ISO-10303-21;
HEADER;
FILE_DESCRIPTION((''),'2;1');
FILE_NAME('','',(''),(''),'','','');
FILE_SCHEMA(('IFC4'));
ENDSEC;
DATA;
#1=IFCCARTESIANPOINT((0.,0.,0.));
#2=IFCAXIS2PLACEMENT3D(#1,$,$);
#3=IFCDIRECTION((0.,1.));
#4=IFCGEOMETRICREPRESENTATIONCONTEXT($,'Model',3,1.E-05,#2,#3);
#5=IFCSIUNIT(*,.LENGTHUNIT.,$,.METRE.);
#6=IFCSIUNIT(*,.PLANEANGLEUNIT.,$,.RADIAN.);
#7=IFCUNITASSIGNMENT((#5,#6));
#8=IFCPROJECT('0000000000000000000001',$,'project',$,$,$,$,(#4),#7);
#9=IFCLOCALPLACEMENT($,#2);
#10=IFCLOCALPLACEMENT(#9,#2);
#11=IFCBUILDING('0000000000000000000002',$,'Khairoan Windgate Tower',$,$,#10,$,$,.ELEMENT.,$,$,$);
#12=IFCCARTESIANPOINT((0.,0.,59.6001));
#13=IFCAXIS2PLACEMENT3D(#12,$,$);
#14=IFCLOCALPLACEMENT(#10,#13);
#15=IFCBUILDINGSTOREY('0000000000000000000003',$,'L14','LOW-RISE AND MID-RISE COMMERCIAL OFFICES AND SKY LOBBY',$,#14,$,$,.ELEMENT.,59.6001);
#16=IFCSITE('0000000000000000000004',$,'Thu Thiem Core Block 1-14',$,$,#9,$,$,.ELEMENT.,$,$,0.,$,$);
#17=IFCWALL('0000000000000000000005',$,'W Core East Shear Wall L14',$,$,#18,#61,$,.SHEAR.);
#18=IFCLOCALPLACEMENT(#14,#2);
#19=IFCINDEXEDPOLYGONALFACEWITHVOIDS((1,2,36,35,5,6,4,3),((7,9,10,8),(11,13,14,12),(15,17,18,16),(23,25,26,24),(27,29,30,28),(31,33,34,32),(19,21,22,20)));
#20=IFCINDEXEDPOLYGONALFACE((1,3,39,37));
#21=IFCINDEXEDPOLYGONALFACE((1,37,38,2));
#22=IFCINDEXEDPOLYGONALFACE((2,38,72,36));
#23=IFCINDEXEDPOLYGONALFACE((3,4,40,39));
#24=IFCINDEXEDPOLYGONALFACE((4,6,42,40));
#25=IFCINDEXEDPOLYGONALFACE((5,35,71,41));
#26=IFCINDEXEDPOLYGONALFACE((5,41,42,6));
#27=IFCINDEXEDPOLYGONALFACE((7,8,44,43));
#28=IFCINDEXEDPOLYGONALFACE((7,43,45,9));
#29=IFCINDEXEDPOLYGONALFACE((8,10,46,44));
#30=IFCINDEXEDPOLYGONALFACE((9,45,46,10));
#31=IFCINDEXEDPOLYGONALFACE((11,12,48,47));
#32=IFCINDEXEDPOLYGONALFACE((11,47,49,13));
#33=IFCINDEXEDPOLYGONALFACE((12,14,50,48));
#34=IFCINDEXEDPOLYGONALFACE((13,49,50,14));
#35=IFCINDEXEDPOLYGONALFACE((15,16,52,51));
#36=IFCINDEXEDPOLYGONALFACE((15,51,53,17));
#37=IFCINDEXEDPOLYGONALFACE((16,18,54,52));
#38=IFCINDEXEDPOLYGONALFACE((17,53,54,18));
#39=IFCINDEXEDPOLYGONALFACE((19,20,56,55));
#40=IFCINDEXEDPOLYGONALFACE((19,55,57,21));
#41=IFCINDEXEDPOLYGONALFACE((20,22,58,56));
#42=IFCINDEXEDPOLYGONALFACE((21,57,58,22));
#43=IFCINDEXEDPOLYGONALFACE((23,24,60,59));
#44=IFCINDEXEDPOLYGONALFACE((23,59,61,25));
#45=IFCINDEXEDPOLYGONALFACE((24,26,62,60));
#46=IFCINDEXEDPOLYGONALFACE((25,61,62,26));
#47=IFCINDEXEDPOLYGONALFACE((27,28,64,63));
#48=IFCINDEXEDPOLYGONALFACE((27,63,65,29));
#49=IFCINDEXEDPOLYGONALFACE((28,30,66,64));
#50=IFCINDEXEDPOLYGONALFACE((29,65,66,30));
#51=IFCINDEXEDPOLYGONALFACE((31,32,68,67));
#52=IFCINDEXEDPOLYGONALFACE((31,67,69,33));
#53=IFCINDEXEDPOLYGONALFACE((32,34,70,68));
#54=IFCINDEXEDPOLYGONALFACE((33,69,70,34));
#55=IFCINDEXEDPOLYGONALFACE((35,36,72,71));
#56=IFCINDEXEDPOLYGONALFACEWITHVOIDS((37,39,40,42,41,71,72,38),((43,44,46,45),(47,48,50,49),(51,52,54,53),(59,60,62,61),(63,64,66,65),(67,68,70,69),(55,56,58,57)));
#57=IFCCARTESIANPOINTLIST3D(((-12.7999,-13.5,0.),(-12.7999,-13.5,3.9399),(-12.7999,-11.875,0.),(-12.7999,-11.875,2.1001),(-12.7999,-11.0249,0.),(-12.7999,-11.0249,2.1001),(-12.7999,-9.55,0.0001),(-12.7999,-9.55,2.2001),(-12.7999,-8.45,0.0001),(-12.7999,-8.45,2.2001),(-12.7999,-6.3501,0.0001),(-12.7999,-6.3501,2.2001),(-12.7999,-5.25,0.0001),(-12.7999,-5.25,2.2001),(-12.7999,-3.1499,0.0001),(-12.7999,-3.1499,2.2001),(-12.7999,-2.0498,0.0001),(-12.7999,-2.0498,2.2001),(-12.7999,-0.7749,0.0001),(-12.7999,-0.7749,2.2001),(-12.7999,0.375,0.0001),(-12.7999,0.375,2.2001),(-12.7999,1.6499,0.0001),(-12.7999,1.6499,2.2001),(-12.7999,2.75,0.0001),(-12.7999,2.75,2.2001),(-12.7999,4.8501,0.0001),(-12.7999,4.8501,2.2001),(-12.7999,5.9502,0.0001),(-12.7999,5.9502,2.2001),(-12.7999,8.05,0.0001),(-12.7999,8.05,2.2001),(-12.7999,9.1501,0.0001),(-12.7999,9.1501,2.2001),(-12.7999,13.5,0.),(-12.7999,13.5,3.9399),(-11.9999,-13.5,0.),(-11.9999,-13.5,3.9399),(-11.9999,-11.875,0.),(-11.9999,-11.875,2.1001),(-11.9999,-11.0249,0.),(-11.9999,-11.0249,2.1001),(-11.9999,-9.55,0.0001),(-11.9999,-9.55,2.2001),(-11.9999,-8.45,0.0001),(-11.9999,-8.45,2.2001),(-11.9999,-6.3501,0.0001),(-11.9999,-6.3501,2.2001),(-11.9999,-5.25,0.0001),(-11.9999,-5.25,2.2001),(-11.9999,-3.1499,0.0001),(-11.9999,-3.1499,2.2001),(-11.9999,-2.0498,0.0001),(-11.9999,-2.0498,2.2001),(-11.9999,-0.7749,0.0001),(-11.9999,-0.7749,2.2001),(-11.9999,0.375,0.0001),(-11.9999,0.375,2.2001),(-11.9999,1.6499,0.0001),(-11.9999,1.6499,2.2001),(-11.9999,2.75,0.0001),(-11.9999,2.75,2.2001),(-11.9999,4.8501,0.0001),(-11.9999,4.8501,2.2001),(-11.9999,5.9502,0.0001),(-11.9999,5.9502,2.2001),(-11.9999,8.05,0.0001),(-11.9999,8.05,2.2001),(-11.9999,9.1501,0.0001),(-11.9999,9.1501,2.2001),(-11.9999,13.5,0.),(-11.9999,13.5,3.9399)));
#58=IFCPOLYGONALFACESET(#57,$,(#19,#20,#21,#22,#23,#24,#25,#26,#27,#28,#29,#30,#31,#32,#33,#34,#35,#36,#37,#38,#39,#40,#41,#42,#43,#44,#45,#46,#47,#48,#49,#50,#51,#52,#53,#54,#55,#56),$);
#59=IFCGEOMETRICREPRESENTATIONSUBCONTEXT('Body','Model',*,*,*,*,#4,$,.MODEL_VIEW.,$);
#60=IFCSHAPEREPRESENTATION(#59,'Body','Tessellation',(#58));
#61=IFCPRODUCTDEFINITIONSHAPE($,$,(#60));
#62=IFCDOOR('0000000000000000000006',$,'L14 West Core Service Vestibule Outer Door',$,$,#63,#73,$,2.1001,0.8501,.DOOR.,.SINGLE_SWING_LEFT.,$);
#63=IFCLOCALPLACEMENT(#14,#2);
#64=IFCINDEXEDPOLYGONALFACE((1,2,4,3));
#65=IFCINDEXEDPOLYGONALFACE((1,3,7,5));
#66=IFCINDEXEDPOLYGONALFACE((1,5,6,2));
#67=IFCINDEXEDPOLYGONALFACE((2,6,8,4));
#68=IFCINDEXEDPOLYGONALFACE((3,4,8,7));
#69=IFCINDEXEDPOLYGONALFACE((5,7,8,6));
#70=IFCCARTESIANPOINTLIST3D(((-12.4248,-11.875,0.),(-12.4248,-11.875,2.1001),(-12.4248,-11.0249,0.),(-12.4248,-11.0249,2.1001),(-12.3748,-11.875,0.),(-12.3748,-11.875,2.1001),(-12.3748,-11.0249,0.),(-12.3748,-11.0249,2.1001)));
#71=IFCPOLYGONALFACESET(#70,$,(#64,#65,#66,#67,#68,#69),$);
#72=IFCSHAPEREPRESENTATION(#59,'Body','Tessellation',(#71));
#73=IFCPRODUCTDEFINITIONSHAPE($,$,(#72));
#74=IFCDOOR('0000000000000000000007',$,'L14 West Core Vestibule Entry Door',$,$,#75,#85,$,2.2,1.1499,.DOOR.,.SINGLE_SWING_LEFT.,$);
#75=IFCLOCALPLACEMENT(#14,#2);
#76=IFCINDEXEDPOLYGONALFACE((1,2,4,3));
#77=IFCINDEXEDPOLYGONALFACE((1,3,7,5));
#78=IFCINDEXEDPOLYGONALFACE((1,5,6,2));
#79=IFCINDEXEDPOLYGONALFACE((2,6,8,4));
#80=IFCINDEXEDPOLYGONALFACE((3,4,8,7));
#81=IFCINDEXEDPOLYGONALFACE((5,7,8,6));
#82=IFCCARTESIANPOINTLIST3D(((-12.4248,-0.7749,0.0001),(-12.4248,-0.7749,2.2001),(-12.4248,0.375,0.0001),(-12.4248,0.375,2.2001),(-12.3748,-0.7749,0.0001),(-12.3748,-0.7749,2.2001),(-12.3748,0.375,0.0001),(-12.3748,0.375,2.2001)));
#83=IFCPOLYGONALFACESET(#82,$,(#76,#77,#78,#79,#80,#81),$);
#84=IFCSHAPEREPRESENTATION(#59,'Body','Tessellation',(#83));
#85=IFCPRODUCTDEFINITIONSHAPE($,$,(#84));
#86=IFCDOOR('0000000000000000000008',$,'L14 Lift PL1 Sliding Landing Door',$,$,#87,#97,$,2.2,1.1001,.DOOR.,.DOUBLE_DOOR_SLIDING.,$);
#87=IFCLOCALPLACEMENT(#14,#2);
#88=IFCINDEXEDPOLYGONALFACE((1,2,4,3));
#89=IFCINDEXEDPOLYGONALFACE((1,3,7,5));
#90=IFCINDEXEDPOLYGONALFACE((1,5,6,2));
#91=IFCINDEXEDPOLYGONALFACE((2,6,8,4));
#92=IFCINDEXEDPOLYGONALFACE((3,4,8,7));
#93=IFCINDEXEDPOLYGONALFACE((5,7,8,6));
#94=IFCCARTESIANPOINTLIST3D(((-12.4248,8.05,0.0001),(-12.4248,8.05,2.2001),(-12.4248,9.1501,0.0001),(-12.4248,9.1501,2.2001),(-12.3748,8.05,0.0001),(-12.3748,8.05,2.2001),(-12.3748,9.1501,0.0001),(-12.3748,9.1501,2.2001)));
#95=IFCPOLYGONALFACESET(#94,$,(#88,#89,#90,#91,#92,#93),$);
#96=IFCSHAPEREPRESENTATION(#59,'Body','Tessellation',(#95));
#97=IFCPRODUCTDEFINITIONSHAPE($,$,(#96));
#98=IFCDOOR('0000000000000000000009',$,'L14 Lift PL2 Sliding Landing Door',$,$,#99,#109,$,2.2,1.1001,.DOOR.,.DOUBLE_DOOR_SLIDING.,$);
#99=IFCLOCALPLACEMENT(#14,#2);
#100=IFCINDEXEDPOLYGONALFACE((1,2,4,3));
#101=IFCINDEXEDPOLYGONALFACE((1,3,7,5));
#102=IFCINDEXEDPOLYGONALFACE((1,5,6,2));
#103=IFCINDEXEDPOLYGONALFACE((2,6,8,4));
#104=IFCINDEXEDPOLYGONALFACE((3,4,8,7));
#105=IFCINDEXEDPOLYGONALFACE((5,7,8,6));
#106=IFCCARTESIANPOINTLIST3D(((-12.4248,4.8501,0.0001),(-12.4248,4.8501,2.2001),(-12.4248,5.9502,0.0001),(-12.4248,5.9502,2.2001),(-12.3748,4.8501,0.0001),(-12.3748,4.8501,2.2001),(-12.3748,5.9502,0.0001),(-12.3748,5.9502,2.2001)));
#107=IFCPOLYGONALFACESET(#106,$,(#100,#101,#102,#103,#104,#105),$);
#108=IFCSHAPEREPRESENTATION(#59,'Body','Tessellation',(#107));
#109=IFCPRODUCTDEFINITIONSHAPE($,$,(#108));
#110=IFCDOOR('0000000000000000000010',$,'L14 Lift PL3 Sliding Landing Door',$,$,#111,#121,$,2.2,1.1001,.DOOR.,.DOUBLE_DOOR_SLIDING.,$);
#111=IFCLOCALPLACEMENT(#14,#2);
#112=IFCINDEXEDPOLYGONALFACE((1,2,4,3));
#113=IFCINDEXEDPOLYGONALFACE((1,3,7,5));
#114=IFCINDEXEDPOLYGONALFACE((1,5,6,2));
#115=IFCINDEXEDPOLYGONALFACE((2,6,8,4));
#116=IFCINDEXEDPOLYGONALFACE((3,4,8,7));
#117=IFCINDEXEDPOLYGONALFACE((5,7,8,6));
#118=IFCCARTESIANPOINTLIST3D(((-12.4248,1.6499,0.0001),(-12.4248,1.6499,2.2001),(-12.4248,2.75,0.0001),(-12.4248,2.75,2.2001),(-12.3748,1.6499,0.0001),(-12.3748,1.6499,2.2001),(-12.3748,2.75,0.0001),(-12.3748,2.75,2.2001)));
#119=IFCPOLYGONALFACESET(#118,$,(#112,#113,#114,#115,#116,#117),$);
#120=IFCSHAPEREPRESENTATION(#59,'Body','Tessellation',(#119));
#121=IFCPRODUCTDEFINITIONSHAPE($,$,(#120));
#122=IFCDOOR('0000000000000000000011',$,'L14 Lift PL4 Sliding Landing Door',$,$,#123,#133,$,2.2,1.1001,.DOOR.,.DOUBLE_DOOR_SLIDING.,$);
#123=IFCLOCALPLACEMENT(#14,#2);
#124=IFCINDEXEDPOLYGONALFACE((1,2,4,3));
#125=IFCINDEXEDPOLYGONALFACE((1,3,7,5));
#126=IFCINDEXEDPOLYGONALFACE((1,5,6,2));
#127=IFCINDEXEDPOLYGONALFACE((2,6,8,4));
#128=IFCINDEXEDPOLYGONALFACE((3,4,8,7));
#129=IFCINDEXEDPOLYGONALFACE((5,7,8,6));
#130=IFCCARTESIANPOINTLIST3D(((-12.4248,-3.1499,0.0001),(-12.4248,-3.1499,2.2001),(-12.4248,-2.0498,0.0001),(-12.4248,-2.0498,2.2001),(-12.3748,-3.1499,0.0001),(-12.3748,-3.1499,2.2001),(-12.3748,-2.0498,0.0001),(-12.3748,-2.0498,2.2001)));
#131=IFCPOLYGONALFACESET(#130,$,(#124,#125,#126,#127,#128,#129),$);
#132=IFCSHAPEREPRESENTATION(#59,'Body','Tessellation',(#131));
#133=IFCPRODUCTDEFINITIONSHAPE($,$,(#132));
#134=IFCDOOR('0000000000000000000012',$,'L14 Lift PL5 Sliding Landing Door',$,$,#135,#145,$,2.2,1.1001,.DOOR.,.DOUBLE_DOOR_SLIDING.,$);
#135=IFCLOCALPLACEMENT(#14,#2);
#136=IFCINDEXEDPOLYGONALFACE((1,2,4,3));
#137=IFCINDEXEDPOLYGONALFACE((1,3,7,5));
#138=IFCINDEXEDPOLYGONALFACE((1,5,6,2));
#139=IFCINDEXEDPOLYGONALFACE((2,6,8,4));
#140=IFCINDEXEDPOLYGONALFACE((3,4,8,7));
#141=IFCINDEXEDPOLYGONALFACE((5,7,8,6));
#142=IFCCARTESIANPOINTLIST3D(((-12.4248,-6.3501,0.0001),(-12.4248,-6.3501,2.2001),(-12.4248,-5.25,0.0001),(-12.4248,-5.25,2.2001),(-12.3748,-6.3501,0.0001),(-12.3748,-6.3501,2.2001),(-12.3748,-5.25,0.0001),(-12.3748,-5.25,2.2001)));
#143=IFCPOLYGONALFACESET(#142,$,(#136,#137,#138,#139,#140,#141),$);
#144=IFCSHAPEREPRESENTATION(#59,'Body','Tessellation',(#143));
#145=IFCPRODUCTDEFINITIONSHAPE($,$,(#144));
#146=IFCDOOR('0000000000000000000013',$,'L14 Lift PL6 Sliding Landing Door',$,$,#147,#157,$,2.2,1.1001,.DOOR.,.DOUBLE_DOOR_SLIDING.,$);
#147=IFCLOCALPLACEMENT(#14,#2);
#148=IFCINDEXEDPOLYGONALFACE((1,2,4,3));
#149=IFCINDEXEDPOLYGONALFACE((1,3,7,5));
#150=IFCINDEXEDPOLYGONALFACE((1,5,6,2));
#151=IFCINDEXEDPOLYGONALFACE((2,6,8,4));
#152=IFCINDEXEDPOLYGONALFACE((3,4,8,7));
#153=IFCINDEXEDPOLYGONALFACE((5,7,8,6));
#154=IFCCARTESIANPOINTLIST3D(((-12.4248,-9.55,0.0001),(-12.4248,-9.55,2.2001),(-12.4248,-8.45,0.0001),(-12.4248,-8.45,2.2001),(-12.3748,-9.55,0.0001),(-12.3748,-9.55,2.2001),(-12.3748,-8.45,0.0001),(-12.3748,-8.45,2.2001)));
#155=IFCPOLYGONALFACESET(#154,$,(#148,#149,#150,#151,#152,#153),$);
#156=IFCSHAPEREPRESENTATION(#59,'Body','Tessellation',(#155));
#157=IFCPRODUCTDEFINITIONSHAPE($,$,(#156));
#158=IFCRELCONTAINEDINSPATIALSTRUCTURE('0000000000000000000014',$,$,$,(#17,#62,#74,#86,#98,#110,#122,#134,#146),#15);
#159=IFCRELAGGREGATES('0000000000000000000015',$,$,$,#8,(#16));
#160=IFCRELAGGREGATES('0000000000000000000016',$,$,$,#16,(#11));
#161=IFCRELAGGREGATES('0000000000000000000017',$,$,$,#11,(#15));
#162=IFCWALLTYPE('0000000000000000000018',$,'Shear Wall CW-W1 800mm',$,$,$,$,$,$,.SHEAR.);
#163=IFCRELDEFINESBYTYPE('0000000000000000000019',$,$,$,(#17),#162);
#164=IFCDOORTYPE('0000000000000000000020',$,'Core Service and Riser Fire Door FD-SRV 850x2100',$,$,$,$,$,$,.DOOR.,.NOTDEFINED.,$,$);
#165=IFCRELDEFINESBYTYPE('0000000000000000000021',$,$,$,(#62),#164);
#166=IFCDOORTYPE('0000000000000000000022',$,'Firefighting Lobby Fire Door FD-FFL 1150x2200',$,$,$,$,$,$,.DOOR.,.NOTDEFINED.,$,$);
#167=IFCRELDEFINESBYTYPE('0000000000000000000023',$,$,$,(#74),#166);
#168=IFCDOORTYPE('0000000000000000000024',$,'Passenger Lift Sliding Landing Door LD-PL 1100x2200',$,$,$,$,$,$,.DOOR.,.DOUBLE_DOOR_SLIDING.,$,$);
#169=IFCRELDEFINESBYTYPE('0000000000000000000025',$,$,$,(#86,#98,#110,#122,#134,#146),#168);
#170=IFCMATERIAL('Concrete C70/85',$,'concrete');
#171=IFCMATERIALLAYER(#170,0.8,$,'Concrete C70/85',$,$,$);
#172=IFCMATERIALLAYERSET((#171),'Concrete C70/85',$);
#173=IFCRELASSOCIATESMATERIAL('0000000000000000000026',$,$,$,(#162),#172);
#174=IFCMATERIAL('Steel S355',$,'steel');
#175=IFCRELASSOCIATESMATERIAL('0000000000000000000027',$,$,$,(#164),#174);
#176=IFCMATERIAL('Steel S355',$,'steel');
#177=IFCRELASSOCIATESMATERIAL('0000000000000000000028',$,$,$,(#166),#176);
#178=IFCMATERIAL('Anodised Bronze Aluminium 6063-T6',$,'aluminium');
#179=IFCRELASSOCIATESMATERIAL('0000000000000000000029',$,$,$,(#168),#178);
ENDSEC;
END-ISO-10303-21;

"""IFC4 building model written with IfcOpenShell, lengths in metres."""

from ifc_helpers import new_model, si_unit, direction, frame, frame_2d, origin, place, context, subcontext, project, spatial, rectangle, extrude, material, layer, layer_set, type_object, element, fill, save


model = new_model("IFC4")

# Units and contexts
model_context = context("Model", 3, precision=1e-05, world=origin(), true_north=direction((0.0, 1.0)))
body_context = subcontext(model_context, "Body", "Model", "MODEL_VIEW")
ifc_project = project(units=[si_unit("LENGTHUNIT", "METRE"), si_unit("PLANEANGLEUNIT", "RADIAN")], contexts=[model_context])

# Site, building, storey
site_placement = place(None, origin())
site = spatial("IfcSite", under=ifc_project, at=site_placement, Name="Thu Thiem Core Block 1-14", CompositionType="ELEMENT", RefElevation=0.0)
building_placement = place(site_placement, origin())
building = spatial("IfcBuilding", under=site, at=building_placement, Name="Khairoan Windgate Tower", CompositionType="ELEMENT")
storey_placement = place(building_placement, frame((0.0, 0.0, 59.6001)))
storey = spatial("IfcBuildingStorey", under=building, at=storey_placement, Name="L14", Description="LOW-RISE AND MID-RISE COMMERCIAL OFFICES AND SKY LOBBY", CompositionType="ELEMENT", Elevation=59.6001)

# Wall, openings, doors
ifc_material_1 = material(Name="Concrete C70/85", Category="concrete")
ifc_layer_1 = layer(ifc_material_1, 0.8, Name="Concrete C70/85")
ifc_layer_set_1 = layer_set([ifc_layer_1], Name="Concrete C70/85")
wall_type_1 = type_object("IfcWallType", Name="Shear Wall CW-W1 800mm", PredefinedType="SHEAR", material=ifc_layer_set_1)
wall_1_placement = place(storey_placement, frame((-12.3999, -13.5, 0.0), z_axis=(0.0, 0.0, 1.0), x_axis=(0.0, 1.0, 0.0)))
wall_1 = element("IfcWall", 1, at=wall_1_placement, inside=storey, type_object=wall_type_1, Name="W Core East Shear Wall L14", PredefinedType="SHEAR", context=body_context, shape_type="SweptSolid", body=[
    extrude(rectangle(XDim=27.0, YDim=0.8, at=frame_2d((13.5, 0.0))), origin(), (0.0, 0.0, 1.0), 3.9399),
])
opening_1_placement = place(wall_1_placement, frame((21.55, 0.0, 0.0)))
opening_1 = element("IfcOpeningElement", 2, at=opening_1_placement, cuts=wall_1, PredefinedType="OPENING", context=body_context, shape_type="SweptSolid", body=[
    extrude(rectangle(XDim=1.1001, YDim=2.2, at=frame_2d((0.55, 1.1001))), frame((0.0, 0.4099, 0.0), z_axis=(0.0, -1.0, 0.0), x_axis=(1.0, 0.0, 0.0)), (0.0, 0.0, 1.0), 0.8201),
])
opening_2_placement = place(wall_1_placement, frame((18.3501, 0.0, 0.0)))
opening_2 = element("IfcOpeningElement", 3, at=opening_2_placement, cuts=wall_1, PredefinedType="OPENING", context=body_context, shape_type="SweptSolid", body=[
    extrude(rectangle(XDim=1.1001, YDim=2.2, at=frame_2d((0.55, 1.1001))), frame((0.0, 0.4099, 0.0), z_axis=(0.0, -1.0, 0.0), x_axis=(1.0, 0.0, 0.0)), (0.0, 0.0, 1.0), 0.8201),
])
opening_3_placement = place(wall_1_placement, frame((15.1499, 0.0, 0.0)))
opening_3 = element("IfcOpeningElement", 4, at=opening_3_placement, cuts=wall_1, PredefinedType="OPENING", context=body_context, shape_type="SweptSolid", body=[
    extrude(rectangle(XDim=1.1001, YDim=2.2, at=frame_2d((0.55, 1.1001))), frame((0.0, 0.4099, 0.0), z_axis=(0.0, -1.0, 0.0), x_axis=(1.0, 0.0, 0.0)), (0.0, 0.0, 1.0), 0.8201),
])
opening_4_placement = place(wall_1_placement, frame((10.3501, 0.0, 0.0)))
opening_4 = element("IfcOpeningElement", 5, at=opening_4_placement, cuts=wall_1, PredefinedType="OPENING", context=body_context, shape_type="SweptSolid", body=[
    extrude(rectangle(XDim=1.1001, YDim=2.2, at=frame_2d((0.55, 1.1001))), frame((0.0, 0.4099, 0.0), z_axis=(0.0, -1.0, 0.0), x_axis=(1.0, 0.0, 0.0)), (0.0, 0.0, 1.0), 0.8201),
])
opening_5_placement = place(wall_1_placement, frame((7.1499, 0.0, 0.0)))
opening_5 = element("IfcOpeningElement", 6, at=opening_5_placement, cuts=wall_1, PredefinedType="OPENING", context=body_context, shape_type="SweptSolid", body=[
    extrude(rectangle(XDim=1.1001, YDim=2.2, at=frame_2d((0.55, 1.1001))), frame((0.0, 0.4099, 0.0), z_axis=(0.0, -1.0, 0.0), x_axis=(1.0, 0.0, 0.0)), (0.0, 0.0, 1.0), 0.8201),
])
opening_6_placement = place(wall_1_placement, frame((3.95, 0.0, 0.0)))
opening_6 = element("IfcOpeningElement", 7, at=opening_6_placement, cuts=wall_1, PredefinedType="OPENING", context=body_context, shape_type="SweptSolid", body=[
    extrude(rectangle(XDim=1.1001, YDim=2.2, at=frame_2d((0.55, 1.1001))), frame((0.0, 0.4099, 0.0), z_axis=(0.0, -1.0, 0.0), x_axis=(1.0, 0.0, 0.0)), (0.0, 0.0, 1.0), 0.8201),
])
opening_7_placement = place(wall_1_placement, frame((12.7251, 0.0, 0.0)))
opening_7 = element("IfcOpeningElement", 8, at=opening_7_placement, cuts=wall_1, PredefinedType="OPENING", context=body_context, shape_type="SweptSolid", body=[
    extrude(rectangle(XDim=1.1499, YDim=2.2, at=frame_2d((0.575, 1.1001))), frame((0.0, 0.4099, 0.0), z_axis=(0.0, -1.0, 0.0), x_axis=(1.0, 0.0, 0.0)), (0.0, 0.0, 1.0), 0.8201),
])
opening_8_placement = place(wall_1_placement, frame((1.625, 0.0, 0.0)))
opening_8 = element("IfcOpeningElement", 9, at=opening_8_placement, cuts=wall_1, PredefinedType="OPENING", context=body_context, shape_type="SweptSolid", body=[
    extrude(rectangle(XDim=0.8501, YDim=2.1001, at=frame_2d((0.425, 1.05))), frame((0.0, 0.4099, 0.0), z_axis=(0.0, -1.0, 0.0), x_axis=(1.0, 0.0, 0.0)), (0.0, 0.0, 1.0), 0.8201),
])
ifc_material_2 = material(Name="Steel S355", Category="steel")
door_type_1 = type_object("IfcDoorType", Name="Core Service and Riser Fire Door FD-SRV 850x2100", OperationType="NOTDEFINED", PredefinedType="DOOR", material=ifc_material_2)
door_1_placement = place(opening_8_placement, origin())
door_1 = element("IfcDoor", 10, at=door_1_placement, inside=storey, type_object=door_type_1, Name="L14 West Core Service Vestibule Outer Door", OperationType="SINGLE_SWING_LEFT", OverallHeight=2.1001, OverallWidth=0.8501, PredefinedType="DOOR", context=body_context, shape_type="SweptSolid", body=[
    extrude(rectangle(XDim=0.8501, YDim=2.1001, at=frame_2d((0.425, 1.05))), frame((0.0, 0.0249, 0.0), z_axis=(0.0, -1.0, 0.0), x_axis=(1.0, 0.0, 0.0)), (0.0, 0.0, 1.0), 0.05),
])
fill(opening_8, door_1)
ifc_material_3 = material(Name="Steel S355", Category="steel")
door_type_2 = type_object("IfcDoorType", Name="Firefighting Lobby Fire Door FD-FFL 1150x2200", OperationType="NOTDEFINED", PredefinedType="DOOR", material=ifc_material_3)
door_2_placement = place(opening_7_placement, origin())
door_2 = element("IfcDoor", 11, at=door_2_placement, inside=storey, type_object=door_type_2, Name="L14 West Core Vestibule Entry Door", OperationType="SINGLE_SWING_LEFT", OverallHeight=2.2, OverallWidth=1.1499, PredefinedType="DOOR", context=body_context, shape_type="SweptSolid", body=[
    extrude(rectangle(XDim=1.1499, YDim=2.2, at=frame_2d((0.575, 1.1001))), frame((0.0, 0.0249, 0.0), z_axis=(0.0, -1.0, 0.0), x_axis=(1.0, 0.0, 0.0)), (0.0, 0.0, 1.0), 0.05),
])
fill(opening_7, door_2)
ifc_material_4 = material(Name="Anodised Bronze Aluminium 6063-T6", Category="aluminium")
door_type_3 = type_object("IfcDoorType", Name="Passenger Lift Sliding Landing Door LD-PL 1100x2200", OperationType="DOUBLE_DOOR_SLIDING", PredefinedType="DOOR", material=ifc_material_4)
door_3_placement = place(opening_1_placement, origin())
door_3 = element("IfcDoor", 12, at=door_3_placement, inside=storey, type_object=door_type_3, Name="L14 Lift PL1 Sliding Landing Door", OperationType="DOUBLE_DOOR_SLIDING", OverallHeight=2.2, OverallWidth=1.1001, PredefinedType="DOOR", context=body_context, shape_type="SweptSolid", body=[
    extrude(rectangle(XDim=1.1001, YDim=2.2, at=frame_2d((0.55, 1.1001))), frame((0.0, 0.0249, 0.0), z_axis=(0.0, -1.0, 0.0), x_axis=(1.0, 0.0, 0.0)), (0.0, 0.0, 1.0), 0.05),
])
fill(opening_1, door_3)
door_4_placement = place(opening_2_placement, origin())
door_4 = element("IfcDoor", 13, at=door_4_placement, inside=storey, type_object=door_type_3, Name="L14 Lift PL2 Sliding Landing Door", OperationType="DOUBLE_DOOR_SLIDING", OverallHeight=2.2, OverallWidth=1.1001, PredefinedType="DOOR", context=body_context, shape_type="SweptSolid", body=[
    extrude(rectangle(XDim=1.1001, YDim=2.2, at=frame_2d((0.55, 1.1001))), frame((0.0, 0.0249, 0.0), z_axis=(0.0, -1.0, 0.0), x_axis=(1.0, 0.0, 0.0)), (0.0, 0.0, 1.0), 0.05),
])
fill(opening_2, door_4)
door_5_placement = place(opening_3_placement, origin())
door_5 = element("IfcDoor", 14, at=door_5_placement, inside=storey, type_object=door_type_3, Name="L14 Lift PL3 Sliding Landing Door", OperationType="DOUBLE_DOOR_SLIDING", OverallHeight=2.2, OverallWidth=1.1001, PredefinedType="DOOR", context=body_context, shape_type="SweptSolid", body=[
    extrude(rectangle(XDim=1.1001, YDim=2.2, at=frame_2d((0.55, 1.1001))), frame((0.0, 0.0249, 0.0), z_axis=(0.0, -1.0, 0.0), x_axis=(1.0, 0.0, 0.0)), (0.0, 0.0, 1.0), 0.05),
])
fill(opening_3, door_5)
door_6_placement = place(opening_4_placement, origin())
door_6 = element("IfcDoor", 15, at=door_6_placement, inside=storey, type_object=door_type_3, Name="L14 Lift PL4 Sliding Landing Door", OperationType="DOUBLE_DOOR_SLIDING", OverallHeight=2.2, OverallWidth=1.1001, PredefinedType="DOOR", context=body_context, shape_type="SweptSolid", body=[
    extrude(rectangle(XDim=1.1001, YDim=2.2, at=frame_2d((0.55, 1.1001))), frame((0.0, 0.0249, 0.0), z_axis=(0.0, -1.0, 0.0), x_axis=(1.0, 0.0, 0.0)), (0.0, 0.0, 1.0), 0.05),
])
fill(opening_4, door_6)
door_7_placement = place(opening_5_placement, origin())
door_7 = element("IfcDoor", 16, at=door_7_placement, inside=storey, type_object=door_type_3, Name="L14 Lift PL5 Sliding Landing Door", OperationType="DOUBLE_DOOR_SLIDING", OverallHeight=2.2, OverallWidth=1.1001, PredefinedType="DOOR", context=body_context, shape_type="SweptSolid", body=[
    extrude(rectangle(XDim=1.1001, YDim=2.2, at=frame_2d((0.55, 1.1001))), frame((0.0, 0.0249, 0.0), z_axis=(0.0, -1.0, 0.0), x_axis=(1.0, 0.0, 0.0)), (0.0, 0.0, 1.0), 0.05),
])
fill(opening_5, door_7)
door_8_placement = place(opening_6_placement, origin())
door_8 = element("IfcDoor", 17, at=door_8_placement, inside=storey, type_object=door_type_3, Name="L14 Lift PL6 Sliding Landing Door", OperationType="DOUBLE_DOOR_SLIDING", OverallHeight=2.2, OverallWidth=1.1001, PredefinedType="DOOR", context=body_context, shape_type="SweptSolid", body=[
    extrude(rectangle(XDim=1.1001, YDim=2.2, at=frame_2d((0.55, 1.1001))), frame((0.0, 0.0249, 0.0), z_axis=(0.0, -1.0, 0.0), x_axis=(1.0, 0.0, 0.0)), (0.0, 0.0, 1.0), 0.05),
])
fill(opening_6, door_8)

save(model, "model.ifc")
